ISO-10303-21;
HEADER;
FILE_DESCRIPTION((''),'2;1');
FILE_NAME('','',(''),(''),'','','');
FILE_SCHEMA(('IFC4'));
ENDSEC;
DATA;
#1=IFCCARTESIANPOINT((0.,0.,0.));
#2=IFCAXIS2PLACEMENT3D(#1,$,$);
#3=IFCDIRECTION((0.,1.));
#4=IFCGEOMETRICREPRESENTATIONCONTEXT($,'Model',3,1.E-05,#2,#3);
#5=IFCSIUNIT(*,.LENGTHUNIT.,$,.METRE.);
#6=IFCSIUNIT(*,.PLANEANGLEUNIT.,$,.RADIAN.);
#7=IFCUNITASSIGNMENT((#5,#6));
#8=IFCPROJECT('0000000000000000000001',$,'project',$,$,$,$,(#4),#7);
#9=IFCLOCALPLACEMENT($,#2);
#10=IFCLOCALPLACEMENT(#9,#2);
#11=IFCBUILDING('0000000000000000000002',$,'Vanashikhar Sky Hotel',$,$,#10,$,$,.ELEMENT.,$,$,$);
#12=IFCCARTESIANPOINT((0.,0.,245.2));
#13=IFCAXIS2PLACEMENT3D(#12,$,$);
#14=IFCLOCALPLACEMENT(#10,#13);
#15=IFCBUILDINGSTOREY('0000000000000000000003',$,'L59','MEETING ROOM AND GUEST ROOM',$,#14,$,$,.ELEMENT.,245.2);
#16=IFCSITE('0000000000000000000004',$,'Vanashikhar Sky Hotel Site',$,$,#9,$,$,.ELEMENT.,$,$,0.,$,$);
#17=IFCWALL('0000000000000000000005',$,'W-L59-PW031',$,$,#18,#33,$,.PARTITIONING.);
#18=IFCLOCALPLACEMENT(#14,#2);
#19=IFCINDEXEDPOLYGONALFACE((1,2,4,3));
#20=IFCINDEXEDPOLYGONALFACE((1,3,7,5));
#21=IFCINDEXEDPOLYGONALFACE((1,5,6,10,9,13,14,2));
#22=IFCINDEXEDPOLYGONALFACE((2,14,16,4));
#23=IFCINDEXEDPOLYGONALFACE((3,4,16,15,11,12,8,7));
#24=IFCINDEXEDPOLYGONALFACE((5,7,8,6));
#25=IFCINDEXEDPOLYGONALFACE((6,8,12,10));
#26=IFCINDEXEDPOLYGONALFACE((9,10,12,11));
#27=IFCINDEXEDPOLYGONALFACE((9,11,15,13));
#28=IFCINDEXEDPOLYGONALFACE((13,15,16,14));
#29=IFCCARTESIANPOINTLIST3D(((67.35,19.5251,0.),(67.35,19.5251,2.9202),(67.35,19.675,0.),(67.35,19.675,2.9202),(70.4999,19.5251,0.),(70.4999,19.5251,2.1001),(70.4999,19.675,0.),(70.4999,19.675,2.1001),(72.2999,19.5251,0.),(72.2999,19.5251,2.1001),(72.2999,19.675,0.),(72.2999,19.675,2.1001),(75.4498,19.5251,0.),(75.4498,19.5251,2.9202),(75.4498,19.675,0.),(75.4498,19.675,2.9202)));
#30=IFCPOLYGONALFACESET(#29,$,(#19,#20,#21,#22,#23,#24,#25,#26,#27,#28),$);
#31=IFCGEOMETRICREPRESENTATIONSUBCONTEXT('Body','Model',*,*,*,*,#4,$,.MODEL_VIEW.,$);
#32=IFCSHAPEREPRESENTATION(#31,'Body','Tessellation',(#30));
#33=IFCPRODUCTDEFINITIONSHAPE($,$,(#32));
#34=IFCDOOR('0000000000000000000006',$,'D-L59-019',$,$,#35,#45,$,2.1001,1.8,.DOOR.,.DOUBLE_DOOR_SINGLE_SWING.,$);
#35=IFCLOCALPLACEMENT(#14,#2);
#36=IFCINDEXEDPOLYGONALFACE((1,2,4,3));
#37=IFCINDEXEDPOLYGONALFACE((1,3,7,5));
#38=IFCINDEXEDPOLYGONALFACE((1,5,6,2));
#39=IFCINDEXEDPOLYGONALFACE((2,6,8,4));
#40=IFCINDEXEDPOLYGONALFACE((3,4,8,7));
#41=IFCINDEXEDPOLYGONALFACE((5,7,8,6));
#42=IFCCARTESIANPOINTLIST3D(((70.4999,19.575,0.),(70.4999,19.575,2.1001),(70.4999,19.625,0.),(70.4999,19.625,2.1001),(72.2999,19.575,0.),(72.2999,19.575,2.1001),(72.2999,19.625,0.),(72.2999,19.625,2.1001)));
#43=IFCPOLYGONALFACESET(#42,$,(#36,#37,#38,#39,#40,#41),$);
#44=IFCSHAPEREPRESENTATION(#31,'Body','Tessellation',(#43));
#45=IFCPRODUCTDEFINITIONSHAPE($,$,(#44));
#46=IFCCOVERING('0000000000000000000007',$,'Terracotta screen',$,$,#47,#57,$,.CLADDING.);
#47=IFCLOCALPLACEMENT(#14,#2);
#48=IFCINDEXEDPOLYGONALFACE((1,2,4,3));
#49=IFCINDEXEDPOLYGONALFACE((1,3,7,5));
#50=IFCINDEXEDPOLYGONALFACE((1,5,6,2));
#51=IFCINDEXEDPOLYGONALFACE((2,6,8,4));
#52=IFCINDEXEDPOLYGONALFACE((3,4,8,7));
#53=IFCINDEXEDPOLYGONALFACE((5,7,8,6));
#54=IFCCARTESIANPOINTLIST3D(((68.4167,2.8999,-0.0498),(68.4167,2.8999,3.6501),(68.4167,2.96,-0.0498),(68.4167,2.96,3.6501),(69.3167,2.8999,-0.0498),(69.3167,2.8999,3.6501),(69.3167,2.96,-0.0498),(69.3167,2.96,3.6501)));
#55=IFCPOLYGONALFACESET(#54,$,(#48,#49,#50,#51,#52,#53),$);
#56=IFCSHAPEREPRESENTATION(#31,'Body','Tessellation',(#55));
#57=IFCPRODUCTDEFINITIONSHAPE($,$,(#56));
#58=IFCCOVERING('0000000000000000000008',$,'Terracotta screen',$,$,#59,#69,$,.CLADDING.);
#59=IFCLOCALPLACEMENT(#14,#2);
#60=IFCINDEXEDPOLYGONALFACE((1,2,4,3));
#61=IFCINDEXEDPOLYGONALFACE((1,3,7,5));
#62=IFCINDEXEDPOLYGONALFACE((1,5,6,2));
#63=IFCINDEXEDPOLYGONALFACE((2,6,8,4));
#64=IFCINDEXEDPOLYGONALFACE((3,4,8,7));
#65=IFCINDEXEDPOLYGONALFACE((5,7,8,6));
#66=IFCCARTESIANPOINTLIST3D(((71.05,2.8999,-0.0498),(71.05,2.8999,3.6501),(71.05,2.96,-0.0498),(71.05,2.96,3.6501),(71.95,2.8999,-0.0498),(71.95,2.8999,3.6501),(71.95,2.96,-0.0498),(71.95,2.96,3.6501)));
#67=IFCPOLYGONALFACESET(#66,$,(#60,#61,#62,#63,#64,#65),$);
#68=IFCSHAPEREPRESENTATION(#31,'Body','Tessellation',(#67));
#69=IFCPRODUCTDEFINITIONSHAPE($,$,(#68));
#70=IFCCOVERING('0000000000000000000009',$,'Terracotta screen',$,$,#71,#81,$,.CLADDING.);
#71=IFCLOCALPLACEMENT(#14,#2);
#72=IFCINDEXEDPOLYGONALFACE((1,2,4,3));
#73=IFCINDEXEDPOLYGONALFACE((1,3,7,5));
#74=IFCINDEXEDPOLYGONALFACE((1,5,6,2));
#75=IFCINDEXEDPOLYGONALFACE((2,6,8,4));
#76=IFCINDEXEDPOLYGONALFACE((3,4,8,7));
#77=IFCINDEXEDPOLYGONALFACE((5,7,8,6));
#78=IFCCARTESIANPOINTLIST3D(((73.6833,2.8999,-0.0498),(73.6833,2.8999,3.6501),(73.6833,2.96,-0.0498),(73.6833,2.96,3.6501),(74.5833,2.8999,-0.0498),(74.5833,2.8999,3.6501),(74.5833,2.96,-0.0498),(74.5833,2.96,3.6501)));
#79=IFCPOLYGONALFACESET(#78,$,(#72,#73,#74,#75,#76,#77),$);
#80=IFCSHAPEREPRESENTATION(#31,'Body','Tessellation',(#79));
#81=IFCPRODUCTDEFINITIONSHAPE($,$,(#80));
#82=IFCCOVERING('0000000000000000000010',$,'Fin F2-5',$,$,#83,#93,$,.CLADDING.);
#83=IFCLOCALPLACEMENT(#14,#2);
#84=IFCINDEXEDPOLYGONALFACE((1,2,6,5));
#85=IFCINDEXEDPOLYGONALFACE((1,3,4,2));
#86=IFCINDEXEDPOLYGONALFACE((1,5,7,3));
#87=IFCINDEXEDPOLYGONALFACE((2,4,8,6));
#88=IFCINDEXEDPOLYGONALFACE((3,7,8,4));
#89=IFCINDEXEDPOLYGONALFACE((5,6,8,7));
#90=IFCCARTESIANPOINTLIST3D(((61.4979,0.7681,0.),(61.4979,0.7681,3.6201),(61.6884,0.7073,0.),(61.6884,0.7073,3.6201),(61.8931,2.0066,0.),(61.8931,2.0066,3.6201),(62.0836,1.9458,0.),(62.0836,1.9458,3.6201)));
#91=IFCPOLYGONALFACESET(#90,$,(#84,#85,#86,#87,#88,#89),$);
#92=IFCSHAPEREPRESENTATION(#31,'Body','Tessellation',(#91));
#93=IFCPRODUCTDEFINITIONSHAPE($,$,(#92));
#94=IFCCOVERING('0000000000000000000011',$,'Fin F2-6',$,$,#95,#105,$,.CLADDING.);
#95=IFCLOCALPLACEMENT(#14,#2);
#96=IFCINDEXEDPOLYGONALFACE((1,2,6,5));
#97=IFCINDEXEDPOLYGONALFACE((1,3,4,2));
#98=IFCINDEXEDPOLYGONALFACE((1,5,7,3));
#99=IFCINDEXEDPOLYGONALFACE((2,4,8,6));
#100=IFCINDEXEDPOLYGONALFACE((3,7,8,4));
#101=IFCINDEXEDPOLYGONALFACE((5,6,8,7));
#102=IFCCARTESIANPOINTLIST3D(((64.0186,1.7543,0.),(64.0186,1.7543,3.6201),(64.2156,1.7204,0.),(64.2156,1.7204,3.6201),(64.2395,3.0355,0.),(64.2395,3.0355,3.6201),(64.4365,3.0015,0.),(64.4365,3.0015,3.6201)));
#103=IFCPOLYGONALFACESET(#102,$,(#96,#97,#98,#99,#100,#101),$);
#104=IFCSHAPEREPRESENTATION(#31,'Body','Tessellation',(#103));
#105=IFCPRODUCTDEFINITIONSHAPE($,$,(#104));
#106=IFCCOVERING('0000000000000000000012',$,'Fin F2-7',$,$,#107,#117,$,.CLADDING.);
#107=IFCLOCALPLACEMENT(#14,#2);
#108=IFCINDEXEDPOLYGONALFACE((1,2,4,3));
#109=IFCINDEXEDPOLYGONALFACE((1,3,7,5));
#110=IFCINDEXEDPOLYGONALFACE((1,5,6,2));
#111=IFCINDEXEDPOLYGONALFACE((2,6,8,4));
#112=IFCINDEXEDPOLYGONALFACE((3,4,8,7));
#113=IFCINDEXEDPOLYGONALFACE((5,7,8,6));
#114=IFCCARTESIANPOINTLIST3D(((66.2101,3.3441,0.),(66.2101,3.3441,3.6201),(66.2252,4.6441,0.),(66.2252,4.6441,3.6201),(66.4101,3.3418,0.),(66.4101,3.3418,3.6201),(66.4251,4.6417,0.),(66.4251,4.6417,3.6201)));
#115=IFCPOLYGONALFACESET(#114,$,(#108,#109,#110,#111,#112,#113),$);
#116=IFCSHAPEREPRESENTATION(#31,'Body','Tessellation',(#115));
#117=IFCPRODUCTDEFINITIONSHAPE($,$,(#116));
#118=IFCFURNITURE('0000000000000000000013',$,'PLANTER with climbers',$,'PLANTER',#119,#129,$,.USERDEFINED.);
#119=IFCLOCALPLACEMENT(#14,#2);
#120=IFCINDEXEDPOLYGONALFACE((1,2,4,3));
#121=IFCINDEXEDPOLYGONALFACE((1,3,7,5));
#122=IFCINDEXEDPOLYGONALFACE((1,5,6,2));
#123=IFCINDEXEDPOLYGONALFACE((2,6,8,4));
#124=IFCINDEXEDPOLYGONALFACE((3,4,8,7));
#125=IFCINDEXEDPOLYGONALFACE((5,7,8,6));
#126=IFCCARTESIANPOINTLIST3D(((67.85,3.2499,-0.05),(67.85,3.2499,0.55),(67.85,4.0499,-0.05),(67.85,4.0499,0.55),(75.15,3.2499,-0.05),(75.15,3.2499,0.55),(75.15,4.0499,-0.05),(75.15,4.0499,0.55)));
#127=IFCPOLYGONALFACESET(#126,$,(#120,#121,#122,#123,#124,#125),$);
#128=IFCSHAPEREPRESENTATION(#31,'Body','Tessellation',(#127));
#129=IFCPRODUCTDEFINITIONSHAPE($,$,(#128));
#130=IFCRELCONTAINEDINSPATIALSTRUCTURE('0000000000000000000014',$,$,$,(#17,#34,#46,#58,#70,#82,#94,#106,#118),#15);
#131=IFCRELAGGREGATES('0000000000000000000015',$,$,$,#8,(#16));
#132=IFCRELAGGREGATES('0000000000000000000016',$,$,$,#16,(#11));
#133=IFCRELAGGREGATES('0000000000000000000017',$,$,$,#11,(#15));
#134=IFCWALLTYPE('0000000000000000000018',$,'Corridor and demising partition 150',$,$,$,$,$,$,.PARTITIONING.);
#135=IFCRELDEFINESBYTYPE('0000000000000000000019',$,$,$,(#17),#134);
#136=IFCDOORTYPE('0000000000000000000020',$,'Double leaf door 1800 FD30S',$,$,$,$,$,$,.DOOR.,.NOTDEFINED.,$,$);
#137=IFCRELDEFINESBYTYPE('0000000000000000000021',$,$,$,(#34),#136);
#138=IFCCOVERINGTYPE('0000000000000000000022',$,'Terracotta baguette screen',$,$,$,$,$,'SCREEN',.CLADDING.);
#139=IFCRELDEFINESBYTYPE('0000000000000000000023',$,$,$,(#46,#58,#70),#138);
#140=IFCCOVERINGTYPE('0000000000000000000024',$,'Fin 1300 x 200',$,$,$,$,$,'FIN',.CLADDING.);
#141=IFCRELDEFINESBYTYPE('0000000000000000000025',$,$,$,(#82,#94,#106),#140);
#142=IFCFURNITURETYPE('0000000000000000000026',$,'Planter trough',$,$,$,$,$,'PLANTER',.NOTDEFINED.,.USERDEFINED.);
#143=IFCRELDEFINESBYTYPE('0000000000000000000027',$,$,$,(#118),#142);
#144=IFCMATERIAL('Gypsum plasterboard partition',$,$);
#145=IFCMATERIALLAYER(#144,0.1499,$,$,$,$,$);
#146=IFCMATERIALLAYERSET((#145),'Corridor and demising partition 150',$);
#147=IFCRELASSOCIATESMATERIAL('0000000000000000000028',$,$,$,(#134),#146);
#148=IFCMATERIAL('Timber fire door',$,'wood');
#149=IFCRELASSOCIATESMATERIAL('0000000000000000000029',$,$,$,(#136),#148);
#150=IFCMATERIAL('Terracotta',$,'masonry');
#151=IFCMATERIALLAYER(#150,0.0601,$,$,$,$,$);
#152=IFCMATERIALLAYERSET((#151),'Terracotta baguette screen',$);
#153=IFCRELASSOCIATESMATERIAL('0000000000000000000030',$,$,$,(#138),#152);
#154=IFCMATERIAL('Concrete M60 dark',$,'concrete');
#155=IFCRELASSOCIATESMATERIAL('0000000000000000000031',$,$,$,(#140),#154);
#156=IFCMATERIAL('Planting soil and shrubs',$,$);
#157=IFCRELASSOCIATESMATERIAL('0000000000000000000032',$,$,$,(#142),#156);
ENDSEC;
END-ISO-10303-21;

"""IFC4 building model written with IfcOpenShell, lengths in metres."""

from ifc_helpers import new_model, si_unit, direction, frame, frame_2d, origin, origin_2d, place, context, subcontext, project, spatial, rectangle, extrude, source, transform, mapped, material, layer, layer_set, material_profile, profile_set, type_object, element, fill, save


model = new_model("IFC4")

# Units and contexts
model_context = context("Model", 3, precision=1e-05, world=origin(), true_north=direction((0.0, 1.0)))
body_context = subcontext(model_context, "Body", "Model", "MODEL_VIEW")
ifc_project = project(units=[si_unit("LENGTHUNIT", "METRE"), si_unit("PLANEANGLEUNIT", "RADIAN")], contexts=[model_context])

# Site, building, storey
site_placement = place(None, origin())
site = spatial("IfcSite", under=ifc_project, at=site_placement, Name="Vanashikhar Sky Hotel Site", CompositionType="ELEMENT", RefElevation=0.0)
building_placement = place(site_placement, origin())
building = spatial("IfcBuilding", under=site, at=building_placement, Name="Vanashikhar Sky Hotel", CompositionType="ELEMENT")
storey_placement = place(building_placement, frame((0.0, 0.0, 245.2)))
storey = spatial("IfcBuildingStorey", under=building, at=storey_placement, Name="L59", Description="MEETING ROOM AND GUEST ROOM", CompositionType="ELEMENT", Elevation=245.2)

# Shared definitions
ifc_material_1 = material(Name="Gypsum plasterboard partition")
ifc_layer_1 = layer(ifc_material_1, 0.1499)
ifc_layer_set_1 = layer_set([ifc_layer_1], Name="Corridor and demising partition 150")
wall_type_1 = type_object("IfcWallType", Name="Corridor and demising partition 150", PredefinedType="PARTITIONING", material=ifc_layer_set_1)

# Wall, opening, door
ifc_material_2 = material(Name="Timber fire door", Category="wood")
shared_shape_1 = source(origin(), body_context, "Body", "SweptSolid", [
    extrude(rectangle(XDim=8.0999, YDim=0.1499, at=frame_2d((4.0498, 0.0))), origin(), (0.0, 0.0, 1.0), 2.9202),
])
wall_1_placement = place(storey_placement, frame((67.3501, 19.6001, 0.0), z_axis=(0.0, 0.0, 1.0), x_axis=(1.0, 0.0, 0.0)))
wall_1 = element("IfcWall", 1, at=wall_1_placement, inside=storey, type_object=wall_type_1, Name="W-L59-PW031", PredefinedType="PARTITIONING", context=body_context, shape_type="MappedRepresentation", body=[
    mapped(shared_shape_1, transform((0.0, 0.0, 0.0), scale=1.0)),
])
shared_shape_2 = source(origin(), body_context, "Body", "SweptSolid", [
    extrude(rectangle(XDim=1.8, YDim=2.1001, at=frame_2d((0.8999, 1.05))), frame((0.0, 0.085, 0.0), z_axis=(0.0, -1.0, 0.0), x_axis=(1.0, 0.0, 0.0)), (0.0, 0.0, 1.0), 0.1699),
])
opening_1_placement = place(wall_1_placement, frame((3.1499, 0.0, 0.0)))
opening_1 = element("IfcOpeningElement", 2, at=opening_1_placement, cuts=wall_1, PredefinedType="OPENING", context=body_context, shape_type="MappedRepresentation", body=[
    mapped(shared_shape_2, transform((0.0, 0.0, 0.0), scale=1.0)),
])
door_type_1 = type_object("IfcDoorType", Name="Double leaf door 1800 FD30S", OperationType="NOTDEFINED", PredefinedType="DOOR", material=ifc_material_2)
shared_shape_3 = source(origin(), body_context, "Body", "SweptSolid", [
    extrude(rectangle(XDim=1.8, YDim=2.1001, at=frame_2d((0.8999, 1.05))), frame((0.0, 0.0249, 0.0), z_axis=(0.0, -1.0, 0.0), x_axis=(1.0, 0.0, 0.0)), (0.0, 0.0, 1.0), 0.05),
])
door_1_placement = place(opening_1_placement, origin())
door_1 = element("IfcDoor", 3, at=door_1_placement, inside=storey, type_object=door_type_1, Name="D-L59-019", OperationType="DOUBLE_DOOR_SINGLE_SWING", OverallHeight=2.1001, OverallWidth=1.8, PredefinedType="DOOR", context=body_context, shape_type="MappedRepresentation", body=[
    mapped(shared_shape_3, transform((0.0, 0.0, 0.0), scale=1.0)),
])
fill(opening_1, door_1)

# Coverings
ifc_material_3 = material(Name="Terracotta", Category="masonry")
ifc_layer_2 = layer(ifc_material_3, 0.0601)
ifc_layer_set_2 = layer_set([ifc_layer_2], Name="Terracotta baguette screen")
covering_type_1 = type_object("IfcCoveringType", Name="Terracotta baguette screen", ElementType="SCREEN", PredefinedType="CLADDING", material=ifc_layer_set_2)
shared_shape_4 = source(origin(), body_context, "Body", "SweptSolid", [
    extrude(rectangle(XDim=0.8999, YDim=0.0601, at=origin_2d()), origin(), (0.0, 0.0, 1.0), 3.7),
])
for number, where, z_axis, x_axis, name in (
    (4, (68.8667, 2.9299, -0.0498), (0.0, 0.0, 1.0), (1.0, 0.0, 0.0), "Terracotta screen"),
    (5, (71.5, 2.9299, -0.0498), (0.0, 0.0, 1.0), (1.0, 0.0, 0.0), "Terracotta screen"),
    (6, (74.1333, 2.9299, -0.0498), (0.0, 0.0, 1.0), (1.0, 0.0, 0.0), "Terracotta screen"),
):
    element("IfcCovering", number, at=place(storey_placement, frame(where, z_axis=z_axis, x_axis=x_axis)), inside=storey, type_object=covering_type_1, Name=name, PredefinedType="CLADDING", context=body_context, shape_type="MappedRepresentation", body=[
        mapped(shared_shape_4, transform((0.0, 0.0, 0.0), scale=1.0)),
    ])
ifc_material_4 = material(Name="Concrete M60 dark", Category="concrete")
ifc_material_profile_1 = material_profile(ifc_material_4, rectangle(XDim=1.3, YDim=0.2, at=origin_2d()))
ifc_profile_set_1 = profile_set([ifc_material_profile_1], Name="Fin 1300 x 200")
covering_type_2 = type_object("IfcCoveringType", Name="Fin 1300 x 200", ElementType="FIN", PredefinedType="CLADDING", material=ifc_profile_set_1)
shared_shape_5 = source(origin(), body_context, "Body", "SweptSolid", [
    extrude(rectangle(XDim=1.3, YDim=0.2, at=origin_2d()), origin(), (0.0, 0.0, 1.0), 3.6201),
])
for number, where, z_axis, x_axis, name in (
    (7, (61.7908, 1.3569, 0.0), (0.0, 0.0, 1.0), (-0.303967, -0.952683, 0.0), "Fin F2-5"),
    (8, (64.2275, 2.3779, 0.0), (0.0, 0.0, 1.0), (-0.1699, -0.985461, 0.0), "Fin F2-6"),
    (9, (66.3176, 3.9929, 0.0), (0.0, 0.0, 1.0), (-0.011589, -0.999933, 0.0), "Fin F2-7"),
):
    element("IfcCovering", number, at=place(storey_placement, frame(where, z_axis=z_axis, x_axis=x_axis)), inside=storey, type_object=covering_type_2, Name=name, PredefinedType="CLADDING", context=body_context, shape_type="MappedRepresentation", body=[
        mapped(shared_shape_5, transform((0.0, 0.0, 0.0), scale=1.0)),
    ])

# Furniture
ifc_material_5 = material(Name="Planting soil and shrubs")
furniture_type = type_object("IfcFurnitureType", Name="Planter trough", ElementType="PLANTER", AssemblyPlace="NOTDEFINED", PredefinedType="USERDEFINED", material=ifc_material_5)
shared_shape_6 = source(origin(), body_context, "Body", "SweptSolid", [
    extrude(rectangle(XDim=7.3, YDim=0.8, at=origin_2d()), origin(), (0.0, 0.0, 1.0), 0.6001),
])
furniture_placement = place(storey_placement, frame((71.5, 3.6499, -0.05), z_axis=(0.0, 0.0, 1.0), x_axis=(1.0, 0.0, 0.0)))
element("IfcFurniture", 10, at=furniture_placement, inside=storey, type_object=furniture_type, Name="PLANTER with climbers", ObjectType="PLANTER", PredefinedType="USERDEFINED", context=body_context, shape_type="MappedRepresentation", body=[
    mapped(shared_shape_6, transform((0.0, 0.0, 0.0), scale=1.0)),
])

save(model, "model.ifc")
